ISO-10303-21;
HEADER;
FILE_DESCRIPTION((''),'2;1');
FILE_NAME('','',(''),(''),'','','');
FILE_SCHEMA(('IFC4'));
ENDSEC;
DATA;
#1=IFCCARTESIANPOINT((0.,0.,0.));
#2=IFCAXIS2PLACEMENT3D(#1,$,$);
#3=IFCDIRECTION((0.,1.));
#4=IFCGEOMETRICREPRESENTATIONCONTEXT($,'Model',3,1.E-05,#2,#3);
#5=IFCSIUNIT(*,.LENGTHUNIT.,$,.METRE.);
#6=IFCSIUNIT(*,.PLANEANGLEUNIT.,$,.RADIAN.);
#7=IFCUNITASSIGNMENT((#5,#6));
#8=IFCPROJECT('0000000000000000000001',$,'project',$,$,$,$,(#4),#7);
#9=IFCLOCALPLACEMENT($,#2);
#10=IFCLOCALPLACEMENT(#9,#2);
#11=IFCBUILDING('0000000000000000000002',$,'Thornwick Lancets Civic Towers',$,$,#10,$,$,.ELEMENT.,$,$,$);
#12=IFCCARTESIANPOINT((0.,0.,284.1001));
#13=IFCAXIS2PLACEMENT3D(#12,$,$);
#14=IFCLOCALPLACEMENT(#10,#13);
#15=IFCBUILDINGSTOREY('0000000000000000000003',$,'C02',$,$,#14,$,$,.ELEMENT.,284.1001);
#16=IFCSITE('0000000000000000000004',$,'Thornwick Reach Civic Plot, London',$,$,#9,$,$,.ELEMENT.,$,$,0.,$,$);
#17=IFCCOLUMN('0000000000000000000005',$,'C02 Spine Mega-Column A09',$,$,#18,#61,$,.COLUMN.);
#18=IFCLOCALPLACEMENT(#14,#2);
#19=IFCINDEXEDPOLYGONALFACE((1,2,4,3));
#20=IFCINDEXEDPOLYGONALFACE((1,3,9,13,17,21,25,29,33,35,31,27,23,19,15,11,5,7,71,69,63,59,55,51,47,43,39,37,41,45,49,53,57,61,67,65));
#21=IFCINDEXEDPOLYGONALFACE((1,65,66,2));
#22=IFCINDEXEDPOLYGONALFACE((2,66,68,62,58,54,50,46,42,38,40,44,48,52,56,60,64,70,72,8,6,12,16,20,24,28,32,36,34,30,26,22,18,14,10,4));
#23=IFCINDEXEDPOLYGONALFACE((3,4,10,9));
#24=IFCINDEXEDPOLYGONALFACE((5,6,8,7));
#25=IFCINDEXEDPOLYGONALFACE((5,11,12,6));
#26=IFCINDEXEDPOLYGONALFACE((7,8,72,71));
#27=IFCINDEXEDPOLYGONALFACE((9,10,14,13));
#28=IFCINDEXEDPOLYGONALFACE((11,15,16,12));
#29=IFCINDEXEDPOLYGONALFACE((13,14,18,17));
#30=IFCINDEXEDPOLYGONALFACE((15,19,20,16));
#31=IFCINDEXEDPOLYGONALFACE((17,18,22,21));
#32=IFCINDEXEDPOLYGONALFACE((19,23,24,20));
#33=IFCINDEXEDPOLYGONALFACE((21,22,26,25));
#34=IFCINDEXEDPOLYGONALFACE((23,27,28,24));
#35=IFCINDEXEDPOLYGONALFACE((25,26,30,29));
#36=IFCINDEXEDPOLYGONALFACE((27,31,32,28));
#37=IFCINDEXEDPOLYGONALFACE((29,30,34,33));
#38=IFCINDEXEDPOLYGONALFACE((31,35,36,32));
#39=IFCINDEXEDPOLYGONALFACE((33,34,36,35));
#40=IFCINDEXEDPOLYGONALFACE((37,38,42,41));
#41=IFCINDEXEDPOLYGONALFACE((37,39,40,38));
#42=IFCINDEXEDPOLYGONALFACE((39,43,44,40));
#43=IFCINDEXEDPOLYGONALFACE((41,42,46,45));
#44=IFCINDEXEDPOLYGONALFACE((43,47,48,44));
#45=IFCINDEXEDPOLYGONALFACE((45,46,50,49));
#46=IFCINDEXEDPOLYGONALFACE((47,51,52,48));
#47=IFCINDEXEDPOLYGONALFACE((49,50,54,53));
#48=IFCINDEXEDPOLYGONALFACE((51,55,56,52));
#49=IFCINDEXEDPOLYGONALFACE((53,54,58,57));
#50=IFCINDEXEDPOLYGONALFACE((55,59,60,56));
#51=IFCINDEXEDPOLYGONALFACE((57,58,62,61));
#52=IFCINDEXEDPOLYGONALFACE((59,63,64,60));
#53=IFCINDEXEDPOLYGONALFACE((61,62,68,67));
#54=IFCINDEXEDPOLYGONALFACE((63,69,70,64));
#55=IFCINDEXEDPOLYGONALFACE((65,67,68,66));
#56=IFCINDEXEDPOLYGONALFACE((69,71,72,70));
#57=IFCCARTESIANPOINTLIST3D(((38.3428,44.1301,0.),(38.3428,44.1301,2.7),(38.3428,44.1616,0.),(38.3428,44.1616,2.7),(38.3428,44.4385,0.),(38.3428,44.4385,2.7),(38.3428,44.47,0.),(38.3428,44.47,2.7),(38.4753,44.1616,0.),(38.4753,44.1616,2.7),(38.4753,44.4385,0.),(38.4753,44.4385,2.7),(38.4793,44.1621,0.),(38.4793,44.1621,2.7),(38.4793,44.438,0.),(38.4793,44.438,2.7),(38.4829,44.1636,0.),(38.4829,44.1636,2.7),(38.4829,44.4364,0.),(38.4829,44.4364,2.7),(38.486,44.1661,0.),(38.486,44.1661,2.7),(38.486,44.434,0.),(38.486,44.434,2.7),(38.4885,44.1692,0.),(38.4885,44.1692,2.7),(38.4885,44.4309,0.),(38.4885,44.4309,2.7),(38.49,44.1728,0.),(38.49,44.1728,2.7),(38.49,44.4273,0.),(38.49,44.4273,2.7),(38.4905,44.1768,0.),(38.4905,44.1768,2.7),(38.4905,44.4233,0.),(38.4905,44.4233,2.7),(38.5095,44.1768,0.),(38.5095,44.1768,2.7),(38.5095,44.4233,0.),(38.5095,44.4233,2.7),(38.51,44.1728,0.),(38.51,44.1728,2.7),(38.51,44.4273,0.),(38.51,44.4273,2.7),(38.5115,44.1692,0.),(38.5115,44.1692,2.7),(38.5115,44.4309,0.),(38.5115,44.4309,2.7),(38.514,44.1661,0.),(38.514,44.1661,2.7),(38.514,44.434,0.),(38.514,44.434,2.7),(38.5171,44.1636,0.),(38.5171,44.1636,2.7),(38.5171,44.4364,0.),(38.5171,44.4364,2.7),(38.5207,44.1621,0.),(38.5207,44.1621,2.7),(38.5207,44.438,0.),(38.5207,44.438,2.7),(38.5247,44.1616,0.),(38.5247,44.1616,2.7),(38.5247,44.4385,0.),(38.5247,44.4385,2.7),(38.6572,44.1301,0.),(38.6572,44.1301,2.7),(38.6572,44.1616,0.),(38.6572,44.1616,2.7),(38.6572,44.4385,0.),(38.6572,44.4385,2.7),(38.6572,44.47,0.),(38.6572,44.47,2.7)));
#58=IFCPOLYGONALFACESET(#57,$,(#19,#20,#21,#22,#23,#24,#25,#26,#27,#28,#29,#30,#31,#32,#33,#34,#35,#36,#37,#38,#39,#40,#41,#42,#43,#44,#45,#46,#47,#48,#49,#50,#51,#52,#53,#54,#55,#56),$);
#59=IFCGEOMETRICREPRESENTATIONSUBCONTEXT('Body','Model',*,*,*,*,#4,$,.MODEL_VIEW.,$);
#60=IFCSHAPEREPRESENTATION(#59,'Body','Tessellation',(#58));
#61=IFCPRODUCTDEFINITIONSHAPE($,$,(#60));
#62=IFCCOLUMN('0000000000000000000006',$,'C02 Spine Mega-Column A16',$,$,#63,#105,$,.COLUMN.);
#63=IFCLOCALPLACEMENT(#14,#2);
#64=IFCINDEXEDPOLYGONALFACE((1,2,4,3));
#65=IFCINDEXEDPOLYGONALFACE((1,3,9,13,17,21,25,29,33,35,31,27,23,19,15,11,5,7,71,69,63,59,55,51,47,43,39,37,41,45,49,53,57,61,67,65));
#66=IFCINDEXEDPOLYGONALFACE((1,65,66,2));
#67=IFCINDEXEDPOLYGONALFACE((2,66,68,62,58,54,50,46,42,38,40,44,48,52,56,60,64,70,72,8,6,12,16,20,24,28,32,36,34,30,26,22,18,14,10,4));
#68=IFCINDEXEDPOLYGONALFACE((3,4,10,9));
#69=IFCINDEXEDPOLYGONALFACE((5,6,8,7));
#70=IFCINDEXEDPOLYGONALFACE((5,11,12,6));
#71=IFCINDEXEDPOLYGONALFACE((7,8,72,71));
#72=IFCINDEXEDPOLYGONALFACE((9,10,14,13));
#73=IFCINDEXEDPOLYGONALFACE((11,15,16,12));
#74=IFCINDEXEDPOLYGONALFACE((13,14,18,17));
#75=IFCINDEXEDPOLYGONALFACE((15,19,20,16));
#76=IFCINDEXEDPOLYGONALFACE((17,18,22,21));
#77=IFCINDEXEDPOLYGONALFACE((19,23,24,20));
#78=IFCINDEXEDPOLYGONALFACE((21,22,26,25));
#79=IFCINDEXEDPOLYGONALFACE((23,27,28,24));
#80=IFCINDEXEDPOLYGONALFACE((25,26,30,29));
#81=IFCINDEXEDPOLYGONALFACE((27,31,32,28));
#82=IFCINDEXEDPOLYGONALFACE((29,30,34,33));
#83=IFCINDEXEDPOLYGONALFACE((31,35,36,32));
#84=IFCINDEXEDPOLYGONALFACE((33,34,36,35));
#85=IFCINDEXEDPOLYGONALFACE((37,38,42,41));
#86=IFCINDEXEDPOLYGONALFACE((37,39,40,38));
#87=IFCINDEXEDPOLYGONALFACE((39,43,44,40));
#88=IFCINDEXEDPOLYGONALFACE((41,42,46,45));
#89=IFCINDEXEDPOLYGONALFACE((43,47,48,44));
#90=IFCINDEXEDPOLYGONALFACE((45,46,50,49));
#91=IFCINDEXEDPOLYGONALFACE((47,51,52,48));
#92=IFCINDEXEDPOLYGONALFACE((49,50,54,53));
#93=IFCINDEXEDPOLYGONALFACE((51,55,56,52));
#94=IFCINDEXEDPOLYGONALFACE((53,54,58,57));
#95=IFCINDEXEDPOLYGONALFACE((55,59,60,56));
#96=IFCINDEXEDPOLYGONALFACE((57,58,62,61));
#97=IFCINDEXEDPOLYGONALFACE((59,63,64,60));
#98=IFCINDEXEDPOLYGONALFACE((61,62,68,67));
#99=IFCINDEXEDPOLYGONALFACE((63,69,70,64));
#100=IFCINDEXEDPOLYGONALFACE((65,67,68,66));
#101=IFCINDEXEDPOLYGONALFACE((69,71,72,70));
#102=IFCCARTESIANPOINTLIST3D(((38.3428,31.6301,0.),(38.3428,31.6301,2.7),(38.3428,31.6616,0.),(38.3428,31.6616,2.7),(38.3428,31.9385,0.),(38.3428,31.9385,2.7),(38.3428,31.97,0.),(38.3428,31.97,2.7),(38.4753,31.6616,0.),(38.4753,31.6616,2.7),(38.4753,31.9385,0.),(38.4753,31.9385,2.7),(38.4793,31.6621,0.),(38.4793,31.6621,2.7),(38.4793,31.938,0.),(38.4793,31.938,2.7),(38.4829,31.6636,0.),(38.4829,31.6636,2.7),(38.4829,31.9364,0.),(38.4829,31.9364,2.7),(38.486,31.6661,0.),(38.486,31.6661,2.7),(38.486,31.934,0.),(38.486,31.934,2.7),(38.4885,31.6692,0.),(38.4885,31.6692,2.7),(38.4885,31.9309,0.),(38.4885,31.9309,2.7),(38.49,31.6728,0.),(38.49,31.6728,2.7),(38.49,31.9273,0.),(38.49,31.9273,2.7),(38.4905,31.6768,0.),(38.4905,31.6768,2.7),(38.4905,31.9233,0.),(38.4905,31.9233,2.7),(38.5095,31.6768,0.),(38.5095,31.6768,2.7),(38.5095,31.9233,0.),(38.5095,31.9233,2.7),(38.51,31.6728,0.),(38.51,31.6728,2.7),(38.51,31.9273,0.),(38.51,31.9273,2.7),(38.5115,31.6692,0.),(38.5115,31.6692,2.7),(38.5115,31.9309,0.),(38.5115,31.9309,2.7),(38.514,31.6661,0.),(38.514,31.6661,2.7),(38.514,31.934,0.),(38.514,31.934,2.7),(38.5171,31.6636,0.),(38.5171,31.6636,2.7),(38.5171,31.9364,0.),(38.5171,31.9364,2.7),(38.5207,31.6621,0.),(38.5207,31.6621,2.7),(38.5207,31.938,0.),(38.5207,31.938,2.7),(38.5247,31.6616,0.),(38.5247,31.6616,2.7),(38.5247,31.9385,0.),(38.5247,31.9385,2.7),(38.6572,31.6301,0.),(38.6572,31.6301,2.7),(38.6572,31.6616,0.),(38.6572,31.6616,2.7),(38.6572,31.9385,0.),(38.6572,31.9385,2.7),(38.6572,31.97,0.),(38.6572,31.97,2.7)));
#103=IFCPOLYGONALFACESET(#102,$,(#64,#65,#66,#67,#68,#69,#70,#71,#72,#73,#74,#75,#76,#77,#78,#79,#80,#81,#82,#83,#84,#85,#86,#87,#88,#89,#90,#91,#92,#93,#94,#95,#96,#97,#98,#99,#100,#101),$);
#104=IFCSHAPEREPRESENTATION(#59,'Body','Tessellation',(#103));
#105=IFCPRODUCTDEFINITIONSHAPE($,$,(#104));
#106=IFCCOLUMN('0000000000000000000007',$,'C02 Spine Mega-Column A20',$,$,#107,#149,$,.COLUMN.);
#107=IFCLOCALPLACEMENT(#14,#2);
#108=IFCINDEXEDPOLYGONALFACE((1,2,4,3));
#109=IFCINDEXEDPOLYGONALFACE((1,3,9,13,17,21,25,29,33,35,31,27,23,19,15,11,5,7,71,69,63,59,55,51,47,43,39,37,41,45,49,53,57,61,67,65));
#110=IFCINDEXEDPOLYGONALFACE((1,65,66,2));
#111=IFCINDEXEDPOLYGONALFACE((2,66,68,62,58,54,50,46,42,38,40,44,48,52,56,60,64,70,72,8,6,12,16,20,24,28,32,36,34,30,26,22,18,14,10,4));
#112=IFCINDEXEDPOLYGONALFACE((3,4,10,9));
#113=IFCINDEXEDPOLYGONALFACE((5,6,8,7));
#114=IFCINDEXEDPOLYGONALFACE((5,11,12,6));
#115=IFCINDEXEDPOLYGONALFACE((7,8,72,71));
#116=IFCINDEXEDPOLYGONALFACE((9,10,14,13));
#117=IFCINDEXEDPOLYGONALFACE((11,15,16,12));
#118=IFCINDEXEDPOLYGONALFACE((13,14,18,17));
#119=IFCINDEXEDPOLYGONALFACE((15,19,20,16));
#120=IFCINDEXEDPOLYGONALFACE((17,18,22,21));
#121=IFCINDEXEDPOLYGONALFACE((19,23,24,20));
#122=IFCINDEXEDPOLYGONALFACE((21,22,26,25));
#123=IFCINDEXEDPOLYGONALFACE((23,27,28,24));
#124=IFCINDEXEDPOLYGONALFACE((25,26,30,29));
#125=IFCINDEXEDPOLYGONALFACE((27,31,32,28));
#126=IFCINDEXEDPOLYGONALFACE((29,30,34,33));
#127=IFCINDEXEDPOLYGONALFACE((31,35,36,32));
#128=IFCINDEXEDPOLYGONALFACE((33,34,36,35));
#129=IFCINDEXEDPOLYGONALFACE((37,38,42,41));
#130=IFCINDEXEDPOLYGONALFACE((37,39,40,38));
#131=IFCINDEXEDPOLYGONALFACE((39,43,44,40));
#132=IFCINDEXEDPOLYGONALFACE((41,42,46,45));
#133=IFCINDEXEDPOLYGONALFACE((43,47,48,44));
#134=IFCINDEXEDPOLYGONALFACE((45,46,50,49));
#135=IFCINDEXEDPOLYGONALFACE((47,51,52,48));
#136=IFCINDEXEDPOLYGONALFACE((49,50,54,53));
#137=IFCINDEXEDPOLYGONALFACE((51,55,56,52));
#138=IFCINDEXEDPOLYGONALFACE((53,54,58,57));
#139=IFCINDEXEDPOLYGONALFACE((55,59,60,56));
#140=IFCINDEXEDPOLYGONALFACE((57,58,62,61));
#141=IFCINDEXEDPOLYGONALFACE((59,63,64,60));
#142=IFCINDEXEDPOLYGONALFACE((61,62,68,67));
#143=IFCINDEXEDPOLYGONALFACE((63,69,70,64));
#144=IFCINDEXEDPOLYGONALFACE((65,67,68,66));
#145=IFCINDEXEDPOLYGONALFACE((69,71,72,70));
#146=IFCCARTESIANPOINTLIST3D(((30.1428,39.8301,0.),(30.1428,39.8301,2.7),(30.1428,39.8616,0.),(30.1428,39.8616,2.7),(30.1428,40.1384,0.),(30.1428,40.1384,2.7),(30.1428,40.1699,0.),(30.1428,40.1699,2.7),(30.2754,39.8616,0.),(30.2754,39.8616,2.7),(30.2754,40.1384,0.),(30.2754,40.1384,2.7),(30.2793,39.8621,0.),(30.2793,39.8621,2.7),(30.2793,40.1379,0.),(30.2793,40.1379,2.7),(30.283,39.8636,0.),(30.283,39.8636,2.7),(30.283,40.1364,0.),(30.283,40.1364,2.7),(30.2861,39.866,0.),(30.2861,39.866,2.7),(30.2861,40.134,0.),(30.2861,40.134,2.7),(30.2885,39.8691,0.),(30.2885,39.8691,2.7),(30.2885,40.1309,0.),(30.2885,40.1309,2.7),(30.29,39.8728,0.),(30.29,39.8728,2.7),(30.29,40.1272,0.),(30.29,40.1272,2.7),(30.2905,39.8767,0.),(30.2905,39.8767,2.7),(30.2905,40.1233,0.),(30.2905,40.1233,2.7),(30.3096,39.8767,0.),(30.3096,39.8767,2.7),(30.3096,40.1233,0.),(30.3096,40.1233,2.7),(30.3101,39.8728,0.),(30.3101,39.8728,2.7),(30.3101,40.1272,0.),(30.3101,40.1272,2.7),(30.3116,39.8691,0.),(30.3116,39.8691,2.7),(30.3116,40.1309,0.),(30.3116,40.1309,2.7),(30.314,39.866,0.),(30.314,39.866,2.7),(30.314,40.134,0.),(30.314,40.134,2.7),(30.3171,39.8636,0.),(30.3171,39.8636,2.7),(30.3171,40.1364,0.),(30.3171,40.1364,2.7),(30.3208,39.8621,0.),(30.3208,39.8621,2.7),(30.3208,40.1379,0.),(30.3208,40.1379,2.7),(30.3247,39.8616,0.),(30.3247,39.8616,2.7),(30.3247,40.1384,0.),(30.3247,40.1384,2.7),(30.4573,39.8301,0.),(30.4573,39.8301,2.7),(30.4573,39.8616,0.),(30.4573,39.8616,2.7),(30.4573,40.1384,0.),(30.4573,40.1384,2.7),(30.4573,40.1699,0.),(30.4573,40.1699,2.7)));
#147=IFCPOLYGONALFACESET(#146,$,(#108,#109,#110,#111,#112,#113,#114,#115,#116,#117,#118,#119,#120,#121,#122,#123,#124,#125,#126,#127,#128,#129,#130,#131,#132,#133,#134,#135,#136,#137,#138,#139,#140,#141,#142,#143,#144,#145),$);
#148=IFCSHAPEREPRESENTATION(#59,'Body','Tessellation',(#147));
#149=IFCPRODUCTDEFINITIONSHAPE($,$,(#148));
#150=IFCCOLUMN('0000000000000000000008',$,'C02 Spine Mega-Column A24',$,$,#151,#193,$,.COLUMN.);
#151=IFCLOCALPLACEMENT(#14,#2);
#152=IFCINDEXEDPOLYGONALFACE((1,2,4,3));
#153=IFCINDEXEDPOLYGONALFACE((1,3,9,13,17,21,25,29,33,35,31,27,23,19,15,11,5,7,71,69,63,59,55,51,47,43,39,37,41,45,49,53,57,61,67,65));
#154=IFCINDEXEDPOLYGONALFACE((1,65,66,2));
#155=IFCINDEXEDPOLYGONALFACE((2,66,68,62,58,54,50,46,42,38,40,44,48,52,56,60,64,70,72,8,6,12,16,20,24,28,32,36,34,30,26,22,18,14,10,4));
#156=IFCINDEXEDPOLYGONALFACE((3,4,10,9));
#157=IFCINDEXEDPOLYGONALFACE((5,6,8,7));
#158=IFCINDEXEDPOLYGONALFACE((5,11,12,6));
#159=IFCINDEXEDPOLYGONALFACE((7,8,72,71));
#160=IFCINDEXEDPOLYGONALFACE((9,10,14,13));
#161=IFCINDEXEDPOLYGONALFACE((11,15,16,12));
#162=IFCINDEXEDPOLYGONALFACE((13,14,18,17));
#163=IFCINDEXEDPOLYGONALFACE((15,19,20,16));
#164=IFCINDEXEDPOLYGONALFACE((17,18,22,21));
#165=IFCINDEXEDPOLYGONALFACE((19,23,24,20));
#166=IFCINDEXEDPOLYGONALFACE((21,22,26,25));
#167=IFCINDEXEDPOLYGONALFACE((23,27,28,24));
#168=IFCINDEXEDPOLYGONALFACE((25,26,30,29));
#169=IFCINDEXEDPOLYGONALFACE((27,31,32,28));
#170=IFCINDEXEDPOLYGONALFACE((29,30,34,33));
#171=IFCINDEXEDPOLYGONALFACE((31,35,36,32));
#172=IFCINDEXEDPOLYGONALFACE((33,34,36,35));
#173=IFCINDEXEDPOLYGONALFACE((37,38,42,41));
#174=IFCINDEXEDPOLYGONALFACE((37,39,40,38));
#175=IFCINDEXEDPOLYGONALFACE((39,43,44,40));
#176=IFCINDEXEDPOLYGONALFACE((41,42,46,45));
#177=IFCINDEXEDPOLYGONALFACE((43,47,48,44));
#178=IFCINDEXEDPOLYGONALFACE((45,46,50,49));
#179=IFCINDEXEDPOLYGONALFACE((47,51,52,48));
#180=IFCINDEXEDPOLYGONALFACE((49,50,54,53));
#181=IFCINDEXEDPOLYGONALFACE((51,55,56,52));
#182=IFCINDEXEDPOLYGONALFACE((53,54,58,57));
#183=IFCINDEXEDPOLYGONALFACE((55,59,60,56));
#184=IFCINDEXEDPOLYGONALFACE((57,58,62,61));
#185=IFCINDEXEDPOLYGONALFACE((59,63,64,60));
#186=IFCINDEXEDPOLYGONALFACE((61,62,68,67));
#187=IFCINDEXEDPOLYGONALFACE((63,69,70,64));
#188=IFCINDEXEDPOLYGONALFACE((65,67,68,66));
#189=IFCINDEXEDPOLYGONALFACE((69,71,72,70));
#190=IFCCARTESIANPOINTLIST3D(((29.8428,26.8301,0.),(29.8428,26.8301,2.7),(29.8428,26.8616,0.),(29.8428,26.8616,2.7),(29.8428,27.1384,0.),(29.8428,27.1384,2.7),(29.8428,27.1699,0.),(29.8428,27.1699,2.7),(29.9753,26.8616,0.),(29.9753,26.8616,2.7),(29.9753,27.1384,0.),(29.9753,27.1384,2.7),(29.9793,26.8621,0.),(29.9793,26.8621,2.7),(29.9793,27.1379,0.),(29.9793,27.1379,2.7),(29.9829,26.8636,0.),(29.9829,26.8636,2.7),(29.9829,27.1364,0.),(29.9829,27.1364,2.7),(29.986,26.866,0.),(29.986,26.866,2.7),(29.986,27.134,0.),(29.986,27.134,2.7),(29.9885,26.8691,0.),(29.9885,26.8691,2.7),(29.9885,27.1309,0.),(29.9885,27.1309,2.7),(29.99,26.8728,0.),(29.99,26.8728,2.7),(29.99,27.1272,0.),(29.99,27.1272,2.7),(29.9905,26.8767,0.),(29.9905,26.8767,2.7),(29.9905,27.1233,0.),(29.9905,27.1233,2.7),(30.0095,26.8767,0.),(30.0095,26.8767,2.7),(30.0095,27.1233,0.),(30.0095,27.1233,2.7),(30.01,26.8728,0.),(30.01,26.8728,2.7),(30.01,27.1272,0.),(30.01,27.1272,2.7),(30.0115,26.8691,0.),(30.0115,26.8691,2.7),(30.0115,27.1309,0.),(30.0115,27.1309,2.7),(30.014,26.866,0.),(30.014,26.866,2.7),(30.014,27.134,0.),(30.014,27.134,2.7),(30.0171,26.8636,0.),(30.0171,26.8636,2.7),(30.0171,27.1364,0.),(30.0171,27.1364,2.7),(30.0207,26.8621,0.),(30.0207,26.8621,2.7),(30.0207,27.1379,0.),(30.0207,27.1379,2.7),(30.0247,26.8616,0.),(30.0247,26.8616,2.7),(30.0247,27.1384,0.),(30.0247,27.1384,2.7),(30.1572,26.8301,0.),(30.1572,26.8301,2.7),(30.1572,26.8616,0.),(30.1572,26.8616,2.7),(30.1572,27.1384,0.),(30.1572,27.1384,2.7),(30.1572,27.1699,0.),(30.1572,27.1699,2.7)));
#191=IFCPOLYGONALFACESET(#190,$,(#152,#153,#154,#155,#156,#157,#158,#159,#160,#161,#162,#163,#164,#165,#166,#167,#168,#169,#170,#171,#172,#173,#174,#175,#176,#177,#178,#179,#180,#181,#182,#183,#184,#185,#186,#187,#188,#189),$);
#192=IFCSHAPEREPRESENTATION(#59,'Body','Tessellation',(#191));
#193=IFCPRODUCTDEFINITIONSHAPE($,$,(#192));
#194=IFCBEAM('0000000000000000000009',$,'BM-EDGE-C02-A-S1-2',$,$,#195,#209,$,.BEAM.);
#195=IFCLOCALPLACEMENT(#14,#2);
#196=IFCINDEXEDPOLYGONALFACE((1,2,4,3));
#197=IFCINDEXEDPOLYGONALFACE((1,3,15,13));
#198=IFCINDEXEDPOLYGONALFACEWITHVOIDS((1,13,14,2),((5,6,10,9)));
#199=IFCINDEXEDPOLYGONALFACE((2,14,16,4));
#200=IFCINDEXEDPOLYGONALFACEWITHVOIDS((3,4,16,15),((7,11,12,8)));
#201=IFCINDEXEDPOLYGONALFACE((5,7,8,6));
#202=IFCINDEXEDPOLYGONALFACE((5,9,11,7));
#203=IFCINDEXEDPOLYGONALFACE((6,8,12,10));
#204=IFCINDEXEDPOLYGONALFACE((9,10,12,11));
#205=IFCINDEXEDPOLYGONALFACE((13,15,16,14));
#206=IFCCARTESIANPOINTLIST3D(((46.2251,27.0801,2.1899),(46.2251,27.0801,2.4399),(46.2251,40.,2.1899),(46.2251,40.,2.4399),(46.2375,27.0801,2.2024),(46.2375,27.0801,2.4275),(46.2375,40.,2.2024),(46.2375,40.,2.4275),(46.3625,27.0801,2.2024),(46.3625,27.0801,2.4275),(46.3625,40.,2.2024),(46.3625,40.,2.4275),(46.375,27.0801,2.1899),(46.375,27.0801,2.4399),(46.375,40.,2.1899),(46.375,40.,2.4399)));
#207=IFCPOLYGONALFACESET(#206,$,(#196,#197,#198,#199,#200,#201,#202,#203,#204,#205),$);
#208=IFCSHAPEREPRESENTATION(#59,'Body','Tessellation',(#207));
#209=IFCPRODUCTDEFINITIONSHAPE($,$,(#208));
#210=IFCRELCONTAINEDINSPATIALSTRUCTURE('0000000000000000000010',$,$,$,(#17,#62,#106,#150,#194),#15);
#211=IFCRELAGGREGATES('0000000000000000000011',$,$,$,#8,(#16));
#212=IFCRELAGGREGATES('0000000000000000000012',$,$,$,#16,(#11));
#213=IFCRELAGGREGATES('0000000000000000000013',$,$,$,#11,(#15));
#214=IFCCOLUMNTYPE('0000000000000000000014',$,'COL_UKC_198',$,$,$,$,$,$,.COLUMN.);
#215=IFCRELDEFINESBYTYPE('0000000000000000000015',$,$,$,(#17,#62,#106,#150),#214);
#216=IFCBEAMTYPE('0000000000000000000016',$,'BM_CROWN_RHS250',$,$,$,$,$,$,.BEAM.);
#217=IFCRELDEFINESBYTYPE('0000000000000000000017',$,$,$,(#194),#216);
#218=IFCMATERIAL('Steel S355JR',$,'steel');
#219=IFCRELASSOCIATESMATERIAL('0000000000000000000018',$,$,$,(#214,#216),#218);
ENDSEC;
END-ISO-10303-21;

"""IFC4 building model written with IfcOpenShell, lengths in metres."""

from ifc_helpers import new_model, si_unit, direction, frame, origin, origin_2d, place, context, subcontext, project, spatial, hollow_rectangle, i_section, extrude, material, material_profile, profile_set, type_object, element, save


model = new_model("IFC4")

# Units and contexts
model_context = context("Model", 3, precision=1e-05, world=origin(), true_north=direction((0.0, 1.0)))
body_context = subcontext(model_context, "Body", "Model", "MODEL_VIEW")
ifc_project = project(units=[si_unit("LENGTHUNIT", "METRE"), si_unit("PLANEANGLEUNIT", "RADIAN")], contexts=[model_context])

# Site, building, storey
site_placement = place(None, origin())
site = spatial("IfcSite", under=ifc_project, at=site_placement, Name="Thornwick Reach Civic Plot, London", CompositionType="ELEMENT", RefElevation=0.0)
building_placement = place(site_placement, origin())
building = spatial("IfcBuilding", under=site, at=building_placement, Name="Thornwick Lancets Civic Towers", CompositionType="ELEMENT")
storey_placement = place(building_placement, frame((0.0, 0.0, 284.1001)))
storey = spatial("IfcBuildingStorey", under=building, at=storey_placement, Name="C02", CompositionType="ELEMENT", Elevation=284.1001)

# Columns
ifc_material_1 = material(Name="Steel S355JR", Category="steel")
ifc_material_profile_1 = material_profile(ifc_material_1, i_section(OverallWidth=0.3145, OverallDepth=0.3398, WebThickness=0.019, FlangeThickness=0.0315, FilletRadius=0.0151, at=origin_2d()), Name="UKC 305x305x198")
ifc_profile_set_1 = profile_set([ifc_material_profile_1], Name="Steel S355JR")
column_type_1 = type_object("IfcColumnType", Name="COL_UKC_198", PredefinedType="COLUMN", material=ifc_profile_set_1)
for number, where, z_axis, x_axis, name in (
    (1, (38.5, 44.3, 0.0), (0.0, 0.0, 1.0), (1.0, 0.0, 0.0), "C02 Spine Mega-Column A09"),
    (2, (38.5, 31.8, 0.0), (0.0, 0.0, 1.0), (1.0, 0.0, 0.0), "C02 Spine Mega-Column A16"),
    (3, (30.3, 40.0, 0.0), (0.0, 0.0, 1.0), (1.0, 0.0, 0.0), "C02 Spine Mega-Column A20"),
    (4, (30.0, 27.0, 0.0), (0.0, 0.0, 1.0), (1.0, 0.0, 0.0), "C02 Spine Mega-Column A24"),
):
    element("IfcColumn", number, at=place(storey_placement, frame(where, z_axis=z_axis, x_axis=x_axis)), inside=storey, type_object=column_type_1, Name=name, PredefinedType="COLUMN", context=body_context, shape_type="SweptSolid", body=[
        extrude(i_section(OverallWidth=0.3145, OverallDepth=0.3398, WebThickness=0.019, FlangeThickness=0.0315, FilletRadius=0.0151, at=origin_2d()), origin(), (0.0, 0.0, 1.0), 2.7),
    ])

# Beam
ifc_material_profile_2 = material_profile(ifc_material_1, hollow_rectangle(XDim=0.1499, YDim=0.25, WallThickness=0.0125, at=origin_2d()), Name="RHS 250x150x12.5")
ifc_profile_set_2 = profile_set([ifc_material_profile_2], Name="Steel S355JR")
beam_type_1 = type_object("IfcBeamType", Name="BM_CROWN_RHS250", PredefinedType="BEAM", material=ifc_profile_set_2)
beam_1_placement = place(storey_placement, frame((46.3, 27.0801, 2.3149), z_axis=(0.0, 1.0, 0.0), x_axis=(-1.0, 0.0, 0.0)))
element("IfcBeam", 5, at=beam_1_placement, inside=storey, type_object=beam_type_1, Name="BM-EDGE-C02-A-S1-2", PredefinedType="BEAM", context=body_context, shape_type="SweptSolid", body=[
    extrude(hollow_rectangle(XDim=0.1499, YDim=0.25, WallThickness=0.0125, at=origin_2d()), origin(), (0.0, 0.0, 1.0), 12.9199),
])

save(model, "model.ifc")
